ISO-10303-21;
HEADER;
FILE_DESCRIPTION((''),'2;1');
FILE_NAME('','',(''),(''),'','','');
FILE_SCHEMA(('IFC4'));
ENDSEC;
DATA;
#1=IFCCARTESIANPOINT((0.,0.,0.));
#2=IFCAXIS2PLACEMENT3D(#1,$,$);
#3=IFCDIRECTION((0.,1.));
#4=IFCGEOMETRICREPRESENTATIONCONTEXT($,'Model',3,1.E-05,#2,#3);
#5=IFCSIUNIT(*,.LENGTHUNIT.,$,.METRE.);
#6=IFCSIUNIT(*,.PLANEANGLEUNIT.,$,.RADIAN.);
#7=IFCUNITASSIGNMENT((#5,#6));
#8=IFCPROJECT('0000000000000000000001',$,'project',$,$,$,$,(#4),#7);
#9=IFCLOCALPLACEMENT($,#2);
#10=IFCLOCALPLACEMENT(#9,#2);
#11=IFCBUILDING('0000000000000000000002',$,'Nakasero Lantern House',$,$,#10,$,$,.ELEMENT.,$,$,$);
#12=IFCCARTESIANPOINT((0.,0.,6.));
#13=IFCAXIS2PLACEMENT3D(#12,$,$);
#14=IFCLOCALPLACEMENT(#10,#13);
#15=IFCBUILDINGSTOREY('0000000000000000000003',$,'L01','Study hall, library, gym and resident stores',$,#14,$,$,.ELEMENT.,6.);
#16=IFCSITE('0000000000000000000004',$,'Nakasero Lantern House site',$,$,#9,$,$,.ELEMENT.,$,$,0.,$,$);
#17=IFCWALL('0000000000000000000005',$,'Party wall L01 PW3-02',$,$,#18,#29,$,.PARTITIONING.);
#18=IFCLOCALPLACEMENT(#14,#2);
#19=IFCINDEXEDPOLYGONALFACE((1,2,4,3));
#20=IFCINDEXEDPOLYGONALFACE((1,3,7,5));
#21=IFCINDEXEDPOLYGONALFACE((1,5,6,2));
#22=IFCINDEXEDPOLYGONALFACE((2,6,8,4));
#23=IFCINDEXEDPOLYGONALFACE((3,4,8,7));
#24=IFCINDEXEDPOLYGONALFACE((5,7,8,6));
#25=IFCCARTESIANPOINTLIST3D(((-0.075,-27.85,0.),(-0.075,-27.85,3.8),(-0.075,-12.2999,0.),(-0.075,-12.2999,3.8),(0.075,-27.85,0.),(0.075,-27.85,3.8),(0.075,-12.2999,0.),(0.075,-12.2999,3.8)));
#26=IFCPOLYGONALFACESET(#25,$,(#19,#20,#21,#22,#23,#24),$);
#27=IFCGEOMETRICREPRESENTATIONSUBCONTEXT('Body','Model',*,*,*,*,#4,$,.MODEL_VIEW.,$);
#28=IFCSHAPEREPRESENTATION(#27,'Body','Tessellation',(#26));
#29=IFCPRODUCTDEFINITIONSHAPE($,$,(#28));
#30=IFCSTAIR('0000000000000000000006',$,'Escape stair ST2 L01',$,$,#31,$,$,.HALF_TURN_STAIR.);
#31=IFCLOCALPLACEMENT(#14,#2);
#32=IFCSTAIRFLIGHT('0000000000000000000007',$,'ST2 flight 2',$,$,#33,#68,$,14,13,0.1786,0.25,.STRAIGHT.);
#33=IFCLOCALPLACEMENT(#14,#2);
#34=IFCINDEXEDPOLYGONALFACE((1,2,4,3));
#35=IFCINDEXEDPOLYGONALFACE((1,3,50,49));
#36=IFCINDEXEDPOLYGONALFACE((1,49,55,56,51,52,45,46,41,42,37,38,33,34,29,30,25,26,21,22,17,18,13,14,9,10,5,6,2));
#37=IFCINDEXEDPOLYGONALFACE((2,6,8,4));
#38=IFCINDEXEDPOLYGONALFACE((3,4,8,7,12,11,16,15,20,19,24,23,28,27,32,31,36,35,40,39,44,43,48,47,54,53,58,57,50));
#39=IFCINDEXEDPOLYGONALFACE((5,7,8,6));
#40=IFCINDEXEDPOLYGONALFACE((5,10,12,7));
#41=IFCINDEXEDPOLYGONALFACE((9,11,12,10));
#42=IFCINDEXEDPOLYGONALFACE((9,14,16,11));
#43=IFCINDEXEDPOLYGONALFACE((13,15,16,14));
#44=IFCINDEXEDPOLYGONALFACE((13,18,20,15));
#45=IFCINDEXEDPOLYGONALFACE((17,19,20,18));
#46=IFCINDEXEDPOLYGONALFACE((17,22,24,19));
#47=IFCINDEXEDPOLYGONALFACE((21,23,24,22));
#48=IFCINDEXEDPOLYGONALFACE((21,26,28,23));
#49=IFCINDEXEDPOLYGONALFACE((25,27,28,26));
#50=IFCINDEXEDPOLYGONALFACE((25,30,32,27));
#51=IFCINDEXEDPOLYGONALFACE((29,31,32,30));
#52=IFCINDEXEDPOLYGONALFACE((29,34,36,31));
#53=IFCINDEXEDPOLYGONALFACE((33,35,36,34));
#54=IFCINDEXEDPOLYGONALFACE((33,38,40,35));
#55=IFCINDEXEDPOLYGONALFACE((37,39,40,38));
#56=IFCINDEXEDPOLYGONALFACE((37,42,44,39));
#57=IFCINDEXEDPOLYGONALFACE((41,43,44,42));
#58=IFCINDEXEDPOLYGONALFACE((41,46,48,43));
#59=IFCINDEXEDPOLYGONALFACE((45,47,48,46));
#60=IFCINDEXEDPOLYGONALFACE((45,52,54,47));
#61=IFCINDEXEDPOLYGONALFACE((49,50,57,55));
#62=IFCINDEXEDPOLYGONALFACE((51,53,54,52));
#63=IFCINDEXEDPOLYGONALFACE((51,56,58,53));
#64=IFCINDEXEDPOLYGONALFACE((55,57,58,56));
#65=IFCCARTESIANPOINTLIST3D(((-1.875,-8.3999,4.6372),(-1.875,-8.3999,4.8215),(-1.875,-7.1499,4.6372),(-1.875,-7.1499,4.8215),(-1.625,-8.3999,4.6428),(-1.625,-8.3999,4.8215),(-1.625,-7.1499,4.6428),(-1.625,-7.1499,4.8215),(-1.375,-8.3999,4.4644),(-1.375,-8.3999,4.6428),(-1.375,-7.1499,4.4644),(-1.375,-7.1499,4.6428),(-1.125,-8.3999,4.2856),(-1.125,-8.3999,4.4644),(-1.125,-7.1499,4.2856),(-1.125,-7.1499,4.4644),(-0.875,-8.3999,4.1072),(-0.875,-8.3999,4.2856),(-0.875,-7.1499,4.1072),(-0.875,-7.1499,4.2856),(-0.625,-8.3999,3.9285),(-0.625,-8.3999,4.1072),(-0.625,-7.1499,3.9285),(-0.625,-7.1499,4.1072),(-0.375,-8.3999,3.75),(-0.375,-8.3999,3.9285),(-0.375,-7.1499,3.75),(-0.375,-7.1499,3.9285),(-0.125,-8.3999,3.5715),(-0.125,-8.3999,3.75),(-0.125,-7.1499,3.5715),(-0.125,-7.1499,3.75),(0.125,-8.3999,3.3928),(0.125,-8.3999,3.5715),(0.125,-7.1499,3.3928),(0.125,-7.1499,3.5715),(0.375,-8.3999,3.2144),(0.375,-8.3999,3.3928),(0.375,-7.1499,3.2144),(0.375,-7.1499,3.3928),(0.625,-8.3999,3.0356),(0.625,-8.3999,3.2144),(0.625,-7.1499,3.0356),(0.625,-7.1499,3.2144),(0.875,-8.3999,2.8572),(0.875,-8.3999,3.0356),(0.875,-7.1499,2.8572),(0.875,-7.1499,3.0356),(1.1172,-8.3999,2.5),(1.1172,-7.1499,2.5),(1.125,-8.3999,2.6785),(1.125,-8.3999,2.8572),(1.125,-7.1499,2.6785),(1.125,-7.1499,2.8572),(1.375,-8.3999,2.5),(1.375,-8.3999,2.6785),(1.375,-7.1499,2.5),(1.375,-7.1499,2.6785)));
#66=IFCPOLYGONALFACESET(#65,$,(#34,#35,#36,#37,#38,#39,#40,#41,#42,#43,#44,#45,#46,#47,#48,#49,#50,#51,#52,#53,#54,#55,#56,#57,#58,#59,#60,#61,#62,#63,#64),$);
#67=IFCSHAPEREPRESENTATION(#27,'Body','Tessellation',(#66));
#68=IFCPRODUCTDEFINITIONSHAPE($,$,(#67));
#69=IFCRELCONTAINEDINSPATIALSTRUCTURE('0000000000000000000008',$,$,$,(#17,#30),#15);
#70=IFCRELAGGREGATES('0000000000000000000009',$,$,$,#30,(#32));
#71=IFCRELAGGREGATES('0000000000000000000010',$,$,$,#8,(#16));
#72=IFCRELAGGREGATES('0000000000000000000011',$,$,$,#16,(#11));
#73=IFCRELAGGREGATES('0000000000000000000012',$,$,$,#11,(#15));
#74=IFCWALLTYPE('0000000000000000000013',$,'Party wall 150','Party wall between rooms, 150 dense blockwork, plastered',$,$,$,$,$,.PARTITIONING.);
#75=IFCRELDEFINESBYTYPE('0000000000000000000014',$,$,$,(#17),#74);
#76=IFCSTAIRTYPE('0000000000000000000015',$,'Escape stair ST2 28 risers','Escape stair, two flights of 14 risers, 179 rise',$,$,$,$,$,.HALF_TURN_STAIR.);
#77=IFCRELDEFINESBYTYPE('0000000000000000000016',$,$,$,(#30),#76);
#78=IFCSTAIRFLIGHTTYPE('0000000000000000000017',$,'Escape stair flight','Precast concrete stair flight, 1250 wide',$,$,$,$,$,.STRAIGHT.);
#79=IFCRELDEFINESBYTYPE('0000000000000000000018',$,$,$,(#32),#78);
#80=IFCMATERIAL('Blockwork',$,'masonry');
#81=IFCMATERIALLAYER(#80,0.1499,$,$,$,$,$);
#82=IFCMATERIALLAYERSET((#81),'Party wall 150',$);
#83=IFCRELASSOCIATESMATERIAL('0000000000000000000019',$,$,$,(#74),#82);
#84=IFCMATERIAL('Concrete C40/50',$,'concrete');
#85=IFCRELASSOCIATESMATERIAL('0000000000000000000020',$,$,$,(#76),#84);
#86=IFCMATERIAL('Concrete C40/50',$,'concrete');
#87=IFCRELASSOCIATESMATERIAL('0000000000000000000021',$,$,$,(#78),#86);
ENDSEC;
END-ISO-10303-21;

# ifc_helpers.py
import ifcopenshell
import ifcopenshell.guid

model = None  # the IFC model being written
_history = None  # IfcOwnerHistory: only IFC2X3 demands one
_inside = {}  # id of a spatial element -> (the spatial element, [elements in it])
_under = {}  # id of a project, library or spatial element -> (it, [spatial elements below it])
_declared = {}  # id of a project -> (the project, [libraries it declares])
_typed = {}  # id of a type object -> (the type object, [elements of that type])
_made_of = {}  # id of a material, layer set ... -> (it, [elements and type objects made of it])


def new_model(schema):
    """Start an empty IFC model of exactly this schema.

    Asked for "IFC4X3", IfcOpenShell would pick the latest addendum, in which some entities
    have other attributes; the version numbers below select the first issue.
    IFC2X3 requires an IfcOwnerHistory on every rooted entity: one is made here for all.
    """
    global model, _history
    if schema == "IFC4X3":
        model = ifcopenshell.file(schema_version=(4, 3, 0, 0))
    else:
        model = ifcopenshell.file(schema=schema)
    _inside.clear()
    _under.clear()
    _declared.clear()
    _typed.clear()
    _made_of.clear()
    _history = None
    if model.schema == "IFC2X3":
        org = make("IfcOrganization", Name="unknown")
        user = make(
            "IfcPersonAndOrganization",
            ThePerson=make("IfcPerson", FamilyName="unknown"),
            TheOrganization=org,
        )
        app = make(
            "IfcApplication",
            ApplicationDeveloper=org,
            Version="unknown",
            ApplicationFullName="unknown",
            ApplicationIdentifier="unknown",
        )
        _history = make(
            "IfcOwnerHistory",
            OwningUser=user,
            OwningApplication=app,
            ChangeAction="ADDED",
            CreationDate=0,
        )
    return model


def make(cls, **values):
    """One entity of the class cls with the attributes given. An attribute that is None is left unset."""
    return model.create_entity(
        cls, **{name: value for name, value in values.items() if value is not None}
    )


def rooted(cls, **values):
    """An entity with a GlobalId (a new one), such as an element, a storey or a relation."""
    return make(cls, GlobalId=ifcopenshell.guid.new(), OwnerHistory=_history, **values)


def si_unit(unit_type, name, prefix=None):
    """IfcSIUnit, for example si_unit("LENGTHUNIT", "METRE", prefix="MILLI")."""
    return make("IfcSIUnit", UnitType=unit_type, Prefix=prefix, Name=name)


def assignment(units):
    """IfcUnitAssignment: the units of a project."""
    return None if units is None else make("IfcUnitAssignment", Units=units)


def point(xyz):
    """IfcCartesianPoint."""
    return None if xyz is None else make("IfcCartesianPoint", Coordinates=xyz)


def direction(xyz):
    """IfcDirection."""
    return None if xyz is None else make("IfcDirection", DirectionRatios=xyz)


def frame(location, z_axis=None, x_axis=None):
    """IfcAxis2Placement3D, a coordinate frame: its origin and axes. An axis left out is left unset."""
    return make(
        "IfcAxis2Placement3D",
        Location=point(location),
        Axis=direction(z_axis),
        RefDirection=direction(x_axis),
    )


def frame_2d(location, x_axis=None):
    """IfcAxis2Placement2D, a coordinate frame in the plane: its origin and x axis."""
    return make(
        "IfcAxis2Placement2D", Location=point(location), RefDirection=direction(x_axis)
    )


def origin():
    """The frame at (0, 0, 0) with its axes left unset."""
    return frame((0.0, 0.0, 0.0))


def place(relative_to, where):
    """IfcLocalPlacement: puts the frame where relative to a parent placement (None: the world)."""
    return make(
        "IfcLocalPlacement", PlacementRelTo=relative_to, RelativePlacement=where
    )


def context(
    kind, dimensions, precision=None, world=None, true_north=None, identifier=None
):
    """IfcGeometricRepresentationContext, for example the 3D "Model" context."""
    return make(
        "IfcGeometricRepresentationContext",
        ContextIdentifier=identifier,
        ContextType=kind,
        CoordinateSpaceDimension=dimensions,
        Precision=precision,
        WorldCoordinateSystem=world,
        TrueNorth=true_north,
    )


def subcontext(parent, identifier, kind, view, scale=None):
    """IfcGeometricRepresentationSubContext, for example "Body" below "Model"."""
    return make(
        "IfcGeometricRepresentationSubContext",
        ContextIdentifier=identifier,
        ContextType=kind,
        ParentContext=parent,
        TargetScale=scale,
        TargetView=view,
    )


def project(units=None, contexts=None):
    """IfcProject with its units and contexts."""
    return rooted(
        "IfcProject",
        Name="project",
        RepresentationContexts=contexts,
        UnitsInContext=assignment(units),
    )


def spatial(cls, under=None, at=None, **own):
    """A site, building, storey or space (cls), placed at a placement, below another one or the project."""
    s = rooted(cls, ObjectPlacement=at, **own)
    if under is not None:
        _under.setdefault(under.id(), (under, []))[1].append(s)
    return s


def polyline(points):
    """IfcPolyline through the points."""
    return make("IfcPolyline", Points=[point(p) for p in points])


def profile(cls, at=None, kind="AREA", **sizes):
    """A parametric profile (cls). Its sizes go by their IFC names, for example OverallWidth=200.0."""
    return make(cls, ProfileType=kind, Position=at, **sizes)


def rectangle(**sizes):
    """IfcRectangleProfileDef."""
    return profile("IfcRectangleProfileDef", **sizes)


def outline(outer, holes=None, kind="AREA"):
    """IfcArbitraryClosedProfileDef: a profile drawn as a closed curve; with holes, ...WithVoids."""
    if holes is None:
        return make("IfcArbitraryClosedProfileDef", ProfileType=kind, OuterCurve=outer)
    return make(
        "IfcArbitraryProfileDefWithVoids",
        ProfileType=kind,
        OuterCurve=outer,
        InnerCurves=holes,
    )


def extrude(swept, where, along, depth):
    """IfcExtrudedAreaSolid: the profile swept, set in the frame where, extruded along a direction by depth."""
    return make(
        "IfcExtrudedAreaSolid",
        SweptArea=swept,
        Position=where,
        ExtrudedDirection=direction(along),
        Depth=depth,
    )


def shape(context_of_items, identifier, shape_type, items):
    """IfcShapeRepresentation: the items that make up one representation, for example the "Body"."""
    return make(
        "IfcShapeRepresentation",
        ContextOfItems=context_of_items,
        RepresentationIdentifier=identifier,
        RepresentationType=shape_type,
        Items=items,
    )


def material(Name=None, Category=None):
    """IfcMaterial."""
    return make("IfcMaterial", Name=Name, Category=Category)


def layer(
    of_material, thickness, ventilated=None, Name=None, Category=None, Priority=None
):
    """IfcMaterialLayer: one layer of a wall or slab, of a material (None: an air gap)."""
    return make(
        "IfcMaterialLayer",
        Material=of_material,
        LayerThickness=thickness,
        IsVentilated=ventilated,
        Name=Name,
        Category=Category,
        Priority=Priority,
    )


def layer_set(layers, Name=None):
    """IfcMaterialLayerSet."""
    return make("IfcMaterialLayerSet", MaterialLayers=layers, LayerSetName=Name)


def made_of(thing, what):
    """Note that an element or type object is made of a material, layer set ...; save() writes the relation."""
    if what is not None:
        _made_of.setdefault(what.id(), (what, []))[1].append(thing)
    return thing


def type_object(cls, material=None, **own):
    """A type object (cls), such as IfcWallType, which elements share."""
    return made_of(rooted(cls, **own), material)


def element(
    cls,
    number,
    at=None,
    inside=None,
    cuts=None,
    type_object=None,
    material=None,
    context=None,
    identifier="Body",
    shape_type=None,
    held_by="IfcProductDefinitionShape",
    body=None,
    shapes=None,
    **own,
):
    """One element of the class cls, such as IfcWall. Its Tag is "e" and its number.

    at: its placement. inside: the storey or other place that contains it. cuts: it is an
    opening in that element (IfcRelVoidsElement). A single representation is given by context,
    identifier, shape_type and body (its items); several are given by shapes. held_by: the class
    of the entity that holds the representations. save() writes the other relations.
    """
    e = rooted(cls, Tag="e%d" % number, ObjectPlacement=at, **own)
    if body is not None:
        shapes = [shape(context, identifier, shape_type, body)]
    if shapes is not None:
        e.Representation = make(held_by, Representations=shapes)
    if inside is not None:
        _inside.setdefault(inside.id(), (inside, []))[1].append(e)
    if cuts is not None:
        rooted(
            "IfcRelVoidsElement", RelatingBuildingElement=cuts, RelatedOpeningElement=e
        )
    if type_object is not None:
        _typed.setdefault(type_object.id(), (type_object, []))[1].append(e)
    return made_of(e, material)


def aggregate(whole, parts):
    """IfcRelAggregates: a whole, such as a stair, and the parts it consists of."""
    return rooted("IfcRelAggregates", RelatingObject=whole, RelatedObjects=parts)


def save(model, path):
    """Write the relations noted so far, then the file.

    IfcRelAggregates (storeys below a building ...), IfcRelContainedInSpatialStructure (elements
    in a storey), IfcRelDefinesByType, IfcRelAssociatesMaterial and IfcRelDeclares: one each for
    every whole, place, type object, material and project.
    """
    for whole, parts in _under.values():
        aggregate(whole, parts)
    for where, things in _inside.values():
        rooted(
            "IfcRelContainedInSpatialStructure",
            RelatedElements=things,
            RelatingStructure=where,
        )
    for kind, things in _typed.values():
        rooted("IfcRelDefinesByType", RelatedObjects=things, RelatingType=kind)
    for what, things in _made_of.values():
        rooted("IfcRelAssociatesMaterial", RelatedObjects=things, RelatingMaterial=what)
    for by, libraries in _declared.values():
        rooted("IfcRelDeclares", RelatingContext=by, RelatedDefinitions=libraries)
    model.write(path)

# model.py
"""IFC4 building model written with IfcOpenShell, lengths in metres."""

from ifc_helpers import new_model, si_unit, direction, frame, frame_2d, origin, place, context, subcontext, project, spatial, polyline, rectangle, outline, extrude, material, layer, layer_set, type_object, element, aggregate, save


model = new_model("IFC4")

# Units and contexts
model_context = context("Model", 3, precision=1e-05, world=origin(), true_north=direction((0.0, 1.0)))
body_context = subcontext(model_context, "Body", "Model", "MODEL_VIEW")
ifc_project = project(units=[si_unit("LENGTHUNIT", "METRE"), si_unit("PLANEANGLEUNIT", "RADIAN")], contexts=[model_context])

# Site, building, storey
site_placement = place(None, origin())
site = spatial("IfcSite", under=ifc_project, at=site_placement, Name="Nakasero Lantern House site", CompositionType="ELEMENT", RefElevation=0.0)
building_placement = place(site_placement, origin())
building = spatial("IfcBuilding", under=site, at=building_placement, Name="Nakasero Lantern House", CompositionType="ELEMENT")
storey_placement = place(building_placement, frame((0.0, 0.0, 6.0)))
storey = spatial("IfcBuildingStorey", under=building, at=storey_placement, Name="L01", Description="Study hall, library, gym and resident stores", CompositionType="ELEMENT", Elevation=6.0)

# Wall
ifc_material_1 = material(Name="Blockwork", Category="masonry")
ifc_layer_1 = layer(ifc_material_1, 0.1499)
ifc_layer_set_1 = layer_set([ifc_layer_1], Name="Party wall 150")
wall_type_1 = type_object("IfcWallType", Name="Party wall 150", Description="Party wall between rooms, 150 dense blockwork, plastered", PredefinedType="PARTITIONING", material=ifc_layer_set_1)
wall_1_placement = place(storey_placement, frame((0.0, -12.3, 0.0), z_axis=(0.0, 0.0, 1.0), x_axis=(0.0, -1.0, 0.0)))
element("IfcWall", 1, at=wall_1_placement, inside=storey, type_object=wall_type_1, Name="Party wall L01 PW3-02", PredefinedType="PARTITIONING", context=body_context, shape_type="SweptSolid", body=[
    extrude(rectangle(XDim=15.55, YDim=0.1499, at=frame_2d((7.7749, 0.0))), origin(), (0.0, 0.0, 1.0), 3.8),
])

# Stair, stair flight
ifc_material_2 = material(Name="Concrete C40/50", Category="concrete")
stair_type = type_object("IfcStairType", Name="Escape stair ST2 28 risers", Description="Escape stair, two flights of 14 risers, 179 rise", PredefinedType="HALF_TURN_STAIR", material=ifc_material_2)
stair_placement = place(storey_placement, origin())
stair = element("IfcStair", 2, at=stair_placement, inside=storey, type_object=stair_type, Name="Escape stair ST2 L01", PredefinedType="HALF_TURN_STAIR")
ifc_material_3 = material(Name="Concrete C40/50", Category="concrete")
stair_flight_type = type_object("IfcStairFlightType", Name="Escape stair flight", Description="Precast concrete stair flight, 1250 wide", PredefinedType="STRAIGHT", material=ifc_material_3)
stair_flight_placement = place(storey_placement, frame((1.375, -7.7749, 2.5), z_axis=(0.0, 0.0, 1.0), x_axis=(-1.0, 0.0, 0.0)))
stair_flight = element("IfcStairFlight", 3, at=stair_flight_placement, type_object=stair_flight_type, Name="ST2 flight 2", NumberOfRisers=14, NumberOfTreads=13, PredefinedType="STRAIGHT", RiserHeight=0.1786, TreadLength=0.25, context=body_context, shape_type="SweptSolid", body=[
    extrude(outline(polyline([(0.0, 0.0), (0.0, 0.1785), (0.25, 0.1785), (0.25, 0.3572), (0.5, 0.3572), (0.5, 0.5356), (0.75, 0.5356), (0.75, 0.7144), (1.0, 0.7144), (1.0, 0.8928), (1.25, 0.8928), (1.25, 1.0715), (1.5, 1.0715), (1.5, 1.25), (1.75, 1.25), (1.75, 1.4285), (2.0, 1.4285), (2.0, 1.6072), (2.25, 1.6072), (2.25, 1.7856), (2.5, 1.7856), (2.5, 1.9644), (2.75, 1.9644), (2.75, 2.1428), (3.0, 2.1428), (3.0, 2.3215), (3.25, 2.3215), (3.25, 2.5), (3.25, 2.1372), (0.2578, 0.0), (0.0, 0.0)])), frame((0.0, 0.625, 0.0), z_axis=(0.0, -1.0, 0.0), x_axis=(1.0, 0.0, 0.0)), (0.0, 0.0, 1.0), 1.25),
])
aggregate(stair, [stair_flight])

save(model, "model.ifc")
